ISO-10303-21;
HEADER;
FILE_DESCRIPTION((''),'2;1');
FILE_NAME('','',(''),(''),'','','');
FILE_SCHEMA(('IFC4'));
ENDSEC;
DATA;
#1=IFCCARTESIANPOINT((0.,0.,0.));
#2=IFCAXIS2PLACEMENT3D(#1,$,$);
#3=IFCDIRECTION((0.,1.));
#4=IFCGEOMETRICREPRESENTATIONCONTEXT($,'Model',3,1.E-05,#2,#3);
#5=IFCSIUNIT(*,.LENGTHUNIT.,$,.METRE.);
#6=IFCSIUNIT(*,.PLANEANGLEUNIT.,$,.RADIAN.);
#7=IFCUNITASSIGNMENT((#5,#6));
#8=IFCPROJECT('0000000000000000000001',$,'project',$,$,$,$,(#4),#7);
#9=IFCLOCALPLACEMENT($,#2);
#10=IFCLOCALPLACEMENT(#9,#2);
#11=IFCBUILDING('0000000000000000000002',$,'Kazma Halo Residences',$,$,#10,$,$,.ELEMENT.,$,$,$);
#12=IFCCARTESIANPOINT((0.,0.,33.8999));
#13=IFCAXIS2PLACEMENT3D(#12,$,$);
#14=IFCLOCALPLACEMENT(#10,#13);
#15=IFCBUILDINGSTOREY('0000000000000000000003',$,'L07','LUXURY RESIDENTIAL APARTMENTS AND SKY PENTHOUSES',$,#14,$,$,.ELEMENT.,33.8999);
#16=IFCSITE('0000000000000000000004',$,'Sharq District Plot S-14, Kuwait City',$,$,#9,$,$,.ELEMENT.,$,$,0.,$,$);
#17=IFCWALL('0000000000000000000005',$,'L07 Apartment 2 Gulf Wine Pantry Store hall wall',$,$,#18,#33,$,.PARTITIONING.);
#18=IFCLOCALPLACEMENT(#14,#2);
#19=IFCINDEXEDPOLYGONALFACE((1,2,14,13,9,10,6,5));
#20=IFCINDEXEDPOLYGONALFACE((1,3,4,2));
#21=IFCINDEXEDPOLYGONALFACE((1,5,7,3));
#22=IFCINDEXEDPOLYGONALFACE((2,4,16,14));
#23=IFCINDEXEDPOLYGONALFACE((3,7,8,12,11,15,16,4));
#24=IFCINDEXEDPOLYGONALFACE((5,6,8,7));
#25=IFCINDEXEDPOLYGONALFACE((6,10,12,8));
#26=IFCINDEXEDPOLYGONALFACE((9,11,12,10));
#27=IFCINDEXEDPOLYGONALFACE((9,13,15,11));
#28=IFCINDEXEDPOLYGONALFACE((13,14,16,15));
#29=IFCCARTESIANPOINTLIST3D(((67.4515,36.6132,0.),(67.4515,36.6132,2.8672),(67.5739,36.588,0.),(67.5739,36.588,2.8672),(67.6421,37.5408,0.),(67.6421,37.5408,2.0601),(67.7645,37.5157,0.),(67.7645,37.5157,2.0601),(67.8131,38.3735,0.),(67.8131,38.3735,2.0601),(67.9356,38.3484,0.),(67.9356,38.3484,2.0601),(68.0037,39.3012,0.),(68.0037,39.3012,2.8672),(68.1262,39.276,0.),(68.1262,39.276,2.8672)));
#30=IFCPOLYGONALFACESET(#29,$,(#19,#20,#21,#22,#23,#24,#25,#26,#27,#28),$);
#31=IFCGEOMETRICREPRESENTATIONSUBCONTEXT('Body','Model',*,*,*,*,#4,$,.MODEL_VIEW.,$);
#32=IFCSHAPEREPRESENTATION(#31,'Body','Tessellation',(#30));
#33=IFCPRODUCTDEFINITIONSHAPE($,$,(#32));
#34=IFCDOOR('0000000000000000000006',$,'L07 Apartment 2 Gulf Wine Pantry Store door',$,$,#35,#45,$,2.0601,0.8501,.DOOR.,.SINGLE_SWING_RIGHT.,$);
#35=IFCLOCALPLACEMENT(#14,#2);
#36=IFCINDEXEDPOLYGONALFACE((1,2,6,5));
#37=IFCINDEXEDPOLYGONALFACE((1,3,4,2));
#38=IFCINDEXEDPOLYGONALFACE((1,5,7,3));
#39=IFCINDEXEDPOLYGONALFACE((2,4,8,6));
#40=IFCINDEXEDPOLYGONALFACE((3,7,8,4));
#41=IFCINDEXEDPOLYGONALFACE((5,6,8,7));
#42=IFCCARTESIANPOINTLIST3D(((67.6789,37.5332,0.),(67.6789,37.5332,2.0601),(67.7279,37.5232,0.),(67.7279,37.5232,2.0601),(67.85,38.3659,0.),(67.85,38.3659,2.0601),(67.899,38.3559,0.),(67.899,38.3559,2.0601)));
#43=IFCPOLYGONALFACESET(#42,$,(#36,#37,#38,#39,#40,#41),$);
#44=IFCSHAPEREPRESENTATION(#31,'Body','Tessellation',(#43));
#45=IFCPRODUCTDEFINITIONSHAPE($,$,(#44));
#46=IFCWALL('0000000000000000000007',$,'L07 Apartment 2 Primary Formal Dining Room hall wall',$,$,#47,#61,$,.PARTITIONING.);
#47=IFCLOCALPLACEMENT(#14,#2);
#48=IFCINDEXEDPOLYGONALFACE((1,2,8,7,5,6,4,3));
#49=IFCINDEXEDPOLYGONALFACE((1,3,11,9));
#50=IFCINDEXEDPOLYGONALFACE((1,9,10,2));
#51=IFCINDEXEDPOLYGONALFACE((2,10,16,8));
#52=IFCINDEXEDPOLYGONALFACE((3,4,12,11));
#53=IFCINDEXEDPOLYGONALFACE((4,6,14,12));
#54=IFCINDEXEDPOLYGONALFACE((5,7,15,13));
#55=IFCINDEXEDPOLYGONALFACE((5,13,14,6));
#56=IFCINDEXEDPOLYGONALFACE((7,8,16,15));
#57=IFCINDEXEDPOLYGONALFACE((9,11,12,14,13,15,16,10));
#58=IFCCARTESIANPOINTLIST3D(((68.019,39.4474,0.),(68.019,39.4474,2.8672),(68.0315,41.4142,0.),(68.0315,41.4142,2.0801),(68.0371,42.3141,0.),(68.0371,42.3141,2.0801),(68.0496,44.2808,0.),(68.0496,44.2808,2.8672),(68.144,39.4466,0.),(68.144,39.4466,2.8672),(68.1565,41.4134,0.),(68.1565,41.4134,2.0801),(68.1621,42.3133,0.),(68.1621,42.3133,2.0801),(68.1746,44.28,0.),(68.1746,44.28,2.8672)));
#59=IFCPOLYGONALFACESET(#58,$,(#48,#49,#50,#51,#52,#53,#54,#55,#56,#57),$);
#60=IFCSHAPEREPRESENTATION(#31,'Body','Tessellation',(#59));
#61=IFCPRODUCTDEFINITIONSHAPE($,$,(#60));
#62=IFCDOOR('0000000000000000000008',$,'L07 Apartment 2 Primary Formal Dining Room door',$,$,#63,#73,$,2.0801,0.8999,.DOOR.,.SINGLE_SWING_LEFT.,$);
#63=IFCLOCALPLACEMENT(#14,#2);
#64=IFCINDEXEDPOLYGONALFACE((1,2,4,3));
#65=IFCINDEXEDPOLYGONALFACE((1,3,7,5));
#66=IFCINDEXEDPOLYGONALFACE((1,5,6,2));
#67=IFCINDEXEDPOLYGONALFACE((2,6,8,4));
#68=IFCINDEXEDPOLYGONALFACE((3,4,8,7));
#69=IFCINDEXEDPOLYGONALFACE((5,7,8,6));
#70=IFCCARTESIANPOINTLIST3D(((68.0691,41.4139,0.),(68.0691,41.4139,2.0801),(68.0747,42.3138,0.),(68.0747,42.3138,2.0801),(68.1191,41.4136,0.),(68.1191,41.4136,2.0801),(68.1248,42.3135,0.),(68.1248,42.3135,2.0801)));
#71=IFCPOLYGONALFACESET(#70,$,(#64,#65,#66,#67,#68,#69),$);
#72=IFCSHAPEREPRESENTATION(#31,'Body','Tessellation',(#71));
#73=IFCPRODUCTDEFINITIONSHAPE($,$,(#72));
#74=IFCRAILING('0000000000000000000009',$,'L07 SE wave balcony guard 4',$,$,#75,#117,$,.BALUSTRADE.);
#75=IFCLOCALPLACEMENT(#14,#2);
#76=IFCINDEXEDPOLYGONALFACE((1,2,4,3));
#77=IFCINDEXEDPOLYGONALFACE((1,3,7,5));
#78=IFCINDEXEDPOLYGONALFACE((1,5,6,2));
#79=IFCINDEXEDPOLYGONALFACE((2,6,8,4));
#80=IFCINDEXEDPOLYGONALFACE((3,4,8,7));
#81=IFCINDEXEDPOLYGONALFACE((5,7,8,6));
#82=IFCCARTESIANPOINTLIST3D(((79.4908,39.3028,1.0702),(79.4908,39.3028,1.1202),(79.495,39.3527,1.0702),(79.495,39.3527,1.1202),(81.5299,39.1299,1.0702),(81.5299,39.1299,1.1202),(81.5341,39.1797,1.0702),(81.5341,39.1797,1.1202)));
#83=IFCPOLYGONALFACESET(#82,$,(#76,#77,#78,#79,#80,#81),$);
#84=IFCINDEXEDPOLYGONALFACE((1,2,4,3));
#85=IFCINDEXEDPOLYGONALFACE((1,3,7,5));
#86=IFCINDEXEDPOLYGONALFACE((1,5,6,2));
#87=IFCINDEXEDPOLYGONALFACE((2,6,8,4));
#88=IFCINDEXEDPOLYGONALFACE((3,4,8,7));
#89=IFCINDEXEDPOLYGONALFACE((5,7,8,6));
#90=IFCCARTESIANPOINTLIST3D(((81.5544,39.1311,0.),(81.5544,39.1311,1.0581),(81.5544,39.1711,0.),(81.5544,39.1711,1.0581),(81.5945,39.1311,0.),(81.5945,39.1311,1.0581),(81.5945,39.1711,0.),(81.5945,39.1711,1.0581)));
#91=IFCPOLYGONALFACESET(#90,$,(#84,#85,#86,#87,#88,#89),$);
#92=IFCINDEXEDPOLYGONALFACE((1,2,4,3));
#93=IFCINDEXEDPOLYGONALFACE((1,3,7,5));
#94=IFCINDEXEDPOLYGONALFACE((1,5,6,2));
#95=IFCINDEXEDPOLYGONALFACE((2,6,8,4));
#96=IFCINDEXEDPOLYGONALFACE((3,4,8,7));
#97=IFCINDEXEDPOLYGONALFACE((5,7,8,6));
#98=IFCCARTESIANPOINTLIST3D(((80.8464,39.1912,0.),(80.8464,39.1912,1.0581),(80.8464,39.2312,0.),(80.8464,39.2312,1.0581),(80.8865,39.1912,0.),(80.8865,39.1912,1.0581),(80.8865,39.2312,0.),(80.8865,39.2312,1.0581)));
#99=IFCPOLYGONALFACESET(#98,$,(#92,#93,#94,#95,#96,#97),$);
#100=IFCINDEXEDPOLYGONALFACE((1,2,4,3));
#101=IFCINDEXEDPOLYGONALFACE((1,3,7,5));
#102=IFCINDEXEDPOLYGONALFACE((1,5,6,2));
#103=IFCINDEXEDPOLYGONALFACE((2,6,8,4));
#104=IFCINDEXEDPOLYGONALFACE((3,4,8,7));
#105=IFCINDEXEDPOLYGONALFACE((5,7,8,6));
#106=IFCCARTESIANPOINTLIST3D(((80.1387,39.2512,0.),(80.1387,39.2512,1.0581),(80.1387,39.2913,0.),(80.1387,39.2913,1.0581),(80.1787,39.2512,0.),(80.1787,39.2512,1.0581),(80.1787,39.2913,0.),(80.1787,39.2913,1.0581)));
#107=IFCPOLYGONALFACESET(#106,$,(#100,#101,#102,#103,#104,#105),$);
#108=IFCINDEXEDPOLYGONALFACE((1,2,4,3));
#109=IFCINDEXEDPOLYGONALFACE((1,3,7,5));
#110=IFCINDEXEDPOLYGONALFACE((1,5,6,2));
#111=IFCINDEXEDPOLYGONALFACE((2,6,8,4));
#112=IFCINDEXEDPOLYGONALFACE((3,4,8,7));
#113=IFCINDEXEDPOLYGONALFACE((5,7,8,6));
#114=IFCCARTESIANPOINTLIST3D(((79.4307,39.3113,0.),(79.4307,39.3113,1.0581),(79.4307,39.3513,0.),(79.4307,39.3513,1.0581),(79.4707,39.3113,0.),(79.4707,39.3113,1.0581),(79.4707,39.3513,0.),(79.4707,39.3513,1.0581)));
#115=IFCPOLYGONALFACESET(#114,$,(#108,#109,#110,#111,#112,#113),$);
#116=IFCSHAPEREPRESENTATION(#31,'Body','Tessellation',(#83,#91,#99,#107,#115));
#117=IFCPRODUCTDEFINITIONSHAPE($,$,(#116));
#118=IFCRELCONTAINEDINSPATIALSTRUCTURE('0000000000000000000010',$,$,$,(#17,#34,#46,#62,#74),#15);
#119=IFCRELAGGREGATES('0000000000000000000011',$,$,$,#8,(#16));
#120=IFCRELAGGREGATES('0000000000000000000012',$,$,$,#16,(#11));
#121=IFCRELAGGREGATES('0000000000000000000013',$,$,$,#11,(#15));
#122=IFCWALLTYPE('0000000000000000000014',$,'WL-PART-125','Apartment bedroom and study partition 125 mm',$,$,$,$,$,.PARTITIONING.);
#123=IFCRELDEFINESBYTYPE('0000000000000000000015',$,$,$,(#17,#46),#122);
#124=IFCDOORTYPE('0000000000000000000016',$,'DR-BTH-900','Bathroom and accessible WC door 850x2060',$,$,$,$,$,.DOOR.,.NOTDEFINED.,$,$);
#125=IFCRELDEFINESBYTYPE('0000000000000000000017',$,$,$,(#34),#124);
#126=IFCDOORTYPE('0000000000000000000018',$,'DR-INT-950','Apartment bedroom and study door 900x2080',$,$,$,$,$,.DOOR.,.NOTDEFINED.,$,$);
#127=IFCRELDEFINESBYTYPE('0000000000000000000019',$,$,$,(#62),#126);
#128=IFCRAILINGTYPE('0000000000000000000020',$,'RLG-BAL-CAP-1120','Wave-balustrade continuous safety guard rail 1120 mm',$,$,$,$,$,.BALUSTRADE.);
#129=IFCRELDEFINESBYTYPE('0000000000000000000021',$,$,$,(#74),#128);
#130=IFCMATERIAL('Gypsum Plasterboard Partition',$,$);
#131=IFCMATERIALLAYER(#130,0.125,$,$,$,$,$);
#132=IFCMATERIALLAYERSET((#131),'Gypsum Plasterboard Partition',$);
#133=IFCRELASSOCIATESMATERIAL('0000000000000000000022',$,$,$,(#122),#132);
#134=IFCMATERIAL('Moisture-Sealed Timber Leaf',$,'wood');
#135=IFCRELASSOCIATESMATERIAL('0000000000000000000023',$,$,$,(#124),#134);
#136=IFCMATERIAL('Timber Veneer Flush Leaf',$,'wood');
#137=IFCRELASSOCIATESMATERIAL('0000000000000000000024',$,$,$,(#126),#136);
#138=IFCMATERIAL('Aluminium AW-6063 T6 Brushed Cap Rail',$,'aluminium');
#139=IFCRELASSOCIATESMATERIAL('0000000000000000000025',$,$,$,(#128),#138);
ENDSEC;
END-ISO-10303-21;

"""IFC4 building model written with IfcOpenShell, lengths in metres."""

from ifc_helpers import new_model, si_unit, direction, frame, frame_2d, origin, origin_2d, place, context, subcontext, project, spatial, rectangle, extrude, material, layer, layer_set, type_object, element, fill, save


model = new_model("IFC4")

# Units and contexts
model_context = context("Model", 3, precision=1e-05, world=origin(), true_north=direction((0.0, 1.0)))
body_context = subcontext(model_context, "Body", "Model", "MODEL_VIEW")
ifc_project = project(units=[si_unit("LENGTHUNIT", "METRE"), si_unit("PLANEANGLEUNIT", "RADIAN")], contexts=[model_context])

# Site, building, storey
site_placement = place(None, origin())
site = spatial("IfcSite", under=ifc_project, at=site_placement, Name="Sharq District Plot S-14, Kuwait City", CompositionType="ELEMENT", RefElevation=0.0)
building_placement = place(site_placement, origin())
building = spatial("IfcBuilding", under=site, at=building_placement, Name="Kazma Halo Residences", CompositionType="ELEMENT")
storey_placement = place(building_placement, frame((0.0, 0.0, 33.8999)))
storey = spatial("IfcBuildingStorey", under=building, at=storey_placement, Name="L07", Description="LUXURY RESIDENTIAL APARTMENTS AND SKY PENTHOUSES", CompositionType="ELEMENT", Elevation=33.8999)

# Shared definitions
ifc_material_1 = material(Name="Gypsum Plasterboard Partition")
ifc_layer_1 = layer(ifc_material_1, 0.125)
ifc_layer_set_1 = layer_set([ifc_layer_1], Name="Gypsum Plasterboard Partition")
wall_type_1 = type_object("IfcWallType", Name="WL-PART-125", Description="Apartment bedroom and study partition 125 mm", PredefinedType="PARTITIONING", material=ifc_layer_set_1)

# Shared definitions
ifc_material_2 = material(Name="Moisture-Sealed Timber Leaf", Category="wood")
door_type_1 = type_object("IfcDoorType", Name="DR-BTH-900", Description="Bathroom and accessible WC door 850x2060", OperationType="NOTDEFINED", PredefinedType="DOOR", material=ifc_material_2)

# Walls, openings, doors
wall_1_placement = place(storey_placement, frame((67.5127, 36.6006, 0.0), z_axis=(0.0, 0.0, 1.0), x_axis=(0.201246, 0.979541, 0.0)))
wall_1 = element("IfcWall", 1, at=wall_1_placement, inside=storey, type_object=wall_type_1, Name="L07 Apartment 2 Gulf Wine Pantry Store hall wall", PredefinedType="PARTITIONING", context=body_context, shape_type="SweptSolid", body=[
    extrude(rectangle(XDim=2.7441, YDim=0.125, at=frame_2d((1.3721, 0.0))), origin(), (0.0, 0.0, 1.0), 2.8672),
])
opening_1_placement = place(wall_1_placement, frame((0.947, 0.0, 0.0)))
opening_1 = element("IfcOpeningElement", 2, at=opening_1_placement, cuts=wall_1, PredefinedType="OPENING", context=body_context, shape_type="SweptSolid", body=[
    extrude(rectangle(XDim=0.8501, YDim=2.0601, at=frame_2d((0.425, 1.03))), frame((0.0, 0.0725, 0.0), z_axis=(0.0, -1.0, 0.0), x_axis=(1.0, 0.0, 0.0)), (0.0, 0.0, 1.0), 0.145),
])
door_1_placement = place(opening_1_placement, origin())
door_1 = element("IfcDoor", 3, at=door_1_placement, inside=storey, type_object=door_type_1, Name="L07 Apartment 2 Gulf Wine Pantry Store door", OperationType="SINGLE_SWING_RIGHT", OverallHeight=2.0601, OverallWidth=0.8501, PredefinedType="DOOR", context=body_context, shape_type="SweptSolid", body=[
    extrude(rectangle(XDim=0.8501, YDim=2.0601, at=frame_2d((0.425, 1.03))), frame((0.0, 0.0249, 0.0), z_axis=(0.0, -1.0, 0.0), x_axis=(1.0, 0.0, 0.0)), (0.0, 0.0, 1.0), 0.05),
])
fill(opening_1, door_1)
wall_2_placement = place(storey_placement, frame((68.0815, 39.447, 0.0), z_axis=(0.0, 0.0, 1.0), x_axis=(0.006314, 0.99998, 0.0)))
wall_2 = element("IfcWall", 4, at=wall_2_placement, inside=storey, type_object=wall_type_1, Name="L07 Apartment 2 Primary Formal Dining Room hall wall", PredefinedType="PARTITIONING", context=body_context, shape_type="SweptSolid", body=[
    extrude(rectangle(XDim=4.8335, YDim=0.125, at=frame_2d((2.4167, 0.0))), origin(), (0.0, 0.0, 1.0), 2.8672),
])
opening_2_placement = place(wall_2_placement, frame((1.9668, 0.0, 0.0)))
opening_2 = element("IfcOpeningElement", 5, at=opening_2_placement, cuts=wall_2, PredefinedType="OPENING", context=body_context, shape_type="SweptSolid", body=[
    extrude(rectangle(XDim=0.8999, YDim=2.0801, at=frame_2d((0.45, 1.04))), frame((0.0, 0.0725, 0.0), z_axis=(0.0, -1.0, 0.0), x_axis=(1.0, 0.0, 0.0)), (0.0, 0.0, 1.0), 0.145),
])
ifc_material_3 = material(Name="Timber Veneer Flush Leaf", Category="wood")
door_type_2 = type_object("IfcDoorType", Name="DR-INT-950", Description="Apartment bedroom and study door 900x2080", OperationType="NOTDEFINED", PredefinedType="DOOR", material=ifc_material_3)
door_2_placement = place(opening_2_placement, origin())
door_2 = element("IfcDoor", 6, at=door_2_placement, inside=storey, type_object=door_type_2, Name="L07 Apartment 2 Primary Formal Dining Room door", OperationType="SINGLE_SWING_LEFT", OverallHeight=2.0801, OverallWidth=0.8999, PredefinedType="DOOR", context=body_context, shape_type="SweptSolid", body=[
    extrude(rectangle(XDim=0.8999, YDim=2.0801, at=frame_2d((0.45, 1.04))), frame((0.0, 0.0249, 0.0), z_axis=(0.0, -1.0, 0.0), x_axis=(1.0, 0.0, 0.0)), (0.0, 0.0, 1.0), 0.05),
])
fill(opening_2, door_2)

# Railing
ifc_material_4 = material(Name="Aluminium AW-6063 T6 Brushed Cap Rail", Category="aluminium")
railing_type = type_object("IfcRailingType", Name="RLG-BAL-CAP-1120", Description="Wave-balustrade continuous safety guard rail 1120 mm", PredefinedType="BALUSTRADE", material=ifc_material_4)
railing_placement = place(storey_placement, frame((81.5745, 39.1511, 0.0)))
element("IfcRailing", 7, at=railing_placement, inside=storey, type_object=railing_type, Name="L07 SE wave balcony guard 4", PredefinedType="BALUSTRADE", context=body_context, shape_type="SweptSolid", body=[
    extrude(rectangle(XDim=0.05, YDim=0.05, at=origin_2d()), frame((-0.0425, 0.0037, 1.0952), z_axis=(-0.996421, 0.084534, 0.0), x_axis=(-0.084534, -0.996421, 0.0)), (0.0, 0.0, 1.0), 2.0464),
    extrude(rectangle(XDim=0.04, YDim=0.04, at=origin_2d()), origin(), (0.0, 0.0, 1.0), 1.0581),
    extrude(rectangle(XDim=0.04, YDim=0.04, at=origin_2d()), frame((-0.708, 0.0601, 0.0)), (0.0, 0.0, 1.0), 1.0581),
    extrude(rectangle(XDim=0.04, YDim=0.04, at=origin_2d()), frame((-1.4158, 0.1201, 0.0)), (0.0, 0.0, 1.0), 1.0581),
    extrude(rectangle(XDim=0.04, YDim=0.04, at=origin_2d()), frame((-2.1238, 0.1802, 0.0)), (0.0, 0.0, 1.0), 1.0581),
])

save(model, "model.ifc")
